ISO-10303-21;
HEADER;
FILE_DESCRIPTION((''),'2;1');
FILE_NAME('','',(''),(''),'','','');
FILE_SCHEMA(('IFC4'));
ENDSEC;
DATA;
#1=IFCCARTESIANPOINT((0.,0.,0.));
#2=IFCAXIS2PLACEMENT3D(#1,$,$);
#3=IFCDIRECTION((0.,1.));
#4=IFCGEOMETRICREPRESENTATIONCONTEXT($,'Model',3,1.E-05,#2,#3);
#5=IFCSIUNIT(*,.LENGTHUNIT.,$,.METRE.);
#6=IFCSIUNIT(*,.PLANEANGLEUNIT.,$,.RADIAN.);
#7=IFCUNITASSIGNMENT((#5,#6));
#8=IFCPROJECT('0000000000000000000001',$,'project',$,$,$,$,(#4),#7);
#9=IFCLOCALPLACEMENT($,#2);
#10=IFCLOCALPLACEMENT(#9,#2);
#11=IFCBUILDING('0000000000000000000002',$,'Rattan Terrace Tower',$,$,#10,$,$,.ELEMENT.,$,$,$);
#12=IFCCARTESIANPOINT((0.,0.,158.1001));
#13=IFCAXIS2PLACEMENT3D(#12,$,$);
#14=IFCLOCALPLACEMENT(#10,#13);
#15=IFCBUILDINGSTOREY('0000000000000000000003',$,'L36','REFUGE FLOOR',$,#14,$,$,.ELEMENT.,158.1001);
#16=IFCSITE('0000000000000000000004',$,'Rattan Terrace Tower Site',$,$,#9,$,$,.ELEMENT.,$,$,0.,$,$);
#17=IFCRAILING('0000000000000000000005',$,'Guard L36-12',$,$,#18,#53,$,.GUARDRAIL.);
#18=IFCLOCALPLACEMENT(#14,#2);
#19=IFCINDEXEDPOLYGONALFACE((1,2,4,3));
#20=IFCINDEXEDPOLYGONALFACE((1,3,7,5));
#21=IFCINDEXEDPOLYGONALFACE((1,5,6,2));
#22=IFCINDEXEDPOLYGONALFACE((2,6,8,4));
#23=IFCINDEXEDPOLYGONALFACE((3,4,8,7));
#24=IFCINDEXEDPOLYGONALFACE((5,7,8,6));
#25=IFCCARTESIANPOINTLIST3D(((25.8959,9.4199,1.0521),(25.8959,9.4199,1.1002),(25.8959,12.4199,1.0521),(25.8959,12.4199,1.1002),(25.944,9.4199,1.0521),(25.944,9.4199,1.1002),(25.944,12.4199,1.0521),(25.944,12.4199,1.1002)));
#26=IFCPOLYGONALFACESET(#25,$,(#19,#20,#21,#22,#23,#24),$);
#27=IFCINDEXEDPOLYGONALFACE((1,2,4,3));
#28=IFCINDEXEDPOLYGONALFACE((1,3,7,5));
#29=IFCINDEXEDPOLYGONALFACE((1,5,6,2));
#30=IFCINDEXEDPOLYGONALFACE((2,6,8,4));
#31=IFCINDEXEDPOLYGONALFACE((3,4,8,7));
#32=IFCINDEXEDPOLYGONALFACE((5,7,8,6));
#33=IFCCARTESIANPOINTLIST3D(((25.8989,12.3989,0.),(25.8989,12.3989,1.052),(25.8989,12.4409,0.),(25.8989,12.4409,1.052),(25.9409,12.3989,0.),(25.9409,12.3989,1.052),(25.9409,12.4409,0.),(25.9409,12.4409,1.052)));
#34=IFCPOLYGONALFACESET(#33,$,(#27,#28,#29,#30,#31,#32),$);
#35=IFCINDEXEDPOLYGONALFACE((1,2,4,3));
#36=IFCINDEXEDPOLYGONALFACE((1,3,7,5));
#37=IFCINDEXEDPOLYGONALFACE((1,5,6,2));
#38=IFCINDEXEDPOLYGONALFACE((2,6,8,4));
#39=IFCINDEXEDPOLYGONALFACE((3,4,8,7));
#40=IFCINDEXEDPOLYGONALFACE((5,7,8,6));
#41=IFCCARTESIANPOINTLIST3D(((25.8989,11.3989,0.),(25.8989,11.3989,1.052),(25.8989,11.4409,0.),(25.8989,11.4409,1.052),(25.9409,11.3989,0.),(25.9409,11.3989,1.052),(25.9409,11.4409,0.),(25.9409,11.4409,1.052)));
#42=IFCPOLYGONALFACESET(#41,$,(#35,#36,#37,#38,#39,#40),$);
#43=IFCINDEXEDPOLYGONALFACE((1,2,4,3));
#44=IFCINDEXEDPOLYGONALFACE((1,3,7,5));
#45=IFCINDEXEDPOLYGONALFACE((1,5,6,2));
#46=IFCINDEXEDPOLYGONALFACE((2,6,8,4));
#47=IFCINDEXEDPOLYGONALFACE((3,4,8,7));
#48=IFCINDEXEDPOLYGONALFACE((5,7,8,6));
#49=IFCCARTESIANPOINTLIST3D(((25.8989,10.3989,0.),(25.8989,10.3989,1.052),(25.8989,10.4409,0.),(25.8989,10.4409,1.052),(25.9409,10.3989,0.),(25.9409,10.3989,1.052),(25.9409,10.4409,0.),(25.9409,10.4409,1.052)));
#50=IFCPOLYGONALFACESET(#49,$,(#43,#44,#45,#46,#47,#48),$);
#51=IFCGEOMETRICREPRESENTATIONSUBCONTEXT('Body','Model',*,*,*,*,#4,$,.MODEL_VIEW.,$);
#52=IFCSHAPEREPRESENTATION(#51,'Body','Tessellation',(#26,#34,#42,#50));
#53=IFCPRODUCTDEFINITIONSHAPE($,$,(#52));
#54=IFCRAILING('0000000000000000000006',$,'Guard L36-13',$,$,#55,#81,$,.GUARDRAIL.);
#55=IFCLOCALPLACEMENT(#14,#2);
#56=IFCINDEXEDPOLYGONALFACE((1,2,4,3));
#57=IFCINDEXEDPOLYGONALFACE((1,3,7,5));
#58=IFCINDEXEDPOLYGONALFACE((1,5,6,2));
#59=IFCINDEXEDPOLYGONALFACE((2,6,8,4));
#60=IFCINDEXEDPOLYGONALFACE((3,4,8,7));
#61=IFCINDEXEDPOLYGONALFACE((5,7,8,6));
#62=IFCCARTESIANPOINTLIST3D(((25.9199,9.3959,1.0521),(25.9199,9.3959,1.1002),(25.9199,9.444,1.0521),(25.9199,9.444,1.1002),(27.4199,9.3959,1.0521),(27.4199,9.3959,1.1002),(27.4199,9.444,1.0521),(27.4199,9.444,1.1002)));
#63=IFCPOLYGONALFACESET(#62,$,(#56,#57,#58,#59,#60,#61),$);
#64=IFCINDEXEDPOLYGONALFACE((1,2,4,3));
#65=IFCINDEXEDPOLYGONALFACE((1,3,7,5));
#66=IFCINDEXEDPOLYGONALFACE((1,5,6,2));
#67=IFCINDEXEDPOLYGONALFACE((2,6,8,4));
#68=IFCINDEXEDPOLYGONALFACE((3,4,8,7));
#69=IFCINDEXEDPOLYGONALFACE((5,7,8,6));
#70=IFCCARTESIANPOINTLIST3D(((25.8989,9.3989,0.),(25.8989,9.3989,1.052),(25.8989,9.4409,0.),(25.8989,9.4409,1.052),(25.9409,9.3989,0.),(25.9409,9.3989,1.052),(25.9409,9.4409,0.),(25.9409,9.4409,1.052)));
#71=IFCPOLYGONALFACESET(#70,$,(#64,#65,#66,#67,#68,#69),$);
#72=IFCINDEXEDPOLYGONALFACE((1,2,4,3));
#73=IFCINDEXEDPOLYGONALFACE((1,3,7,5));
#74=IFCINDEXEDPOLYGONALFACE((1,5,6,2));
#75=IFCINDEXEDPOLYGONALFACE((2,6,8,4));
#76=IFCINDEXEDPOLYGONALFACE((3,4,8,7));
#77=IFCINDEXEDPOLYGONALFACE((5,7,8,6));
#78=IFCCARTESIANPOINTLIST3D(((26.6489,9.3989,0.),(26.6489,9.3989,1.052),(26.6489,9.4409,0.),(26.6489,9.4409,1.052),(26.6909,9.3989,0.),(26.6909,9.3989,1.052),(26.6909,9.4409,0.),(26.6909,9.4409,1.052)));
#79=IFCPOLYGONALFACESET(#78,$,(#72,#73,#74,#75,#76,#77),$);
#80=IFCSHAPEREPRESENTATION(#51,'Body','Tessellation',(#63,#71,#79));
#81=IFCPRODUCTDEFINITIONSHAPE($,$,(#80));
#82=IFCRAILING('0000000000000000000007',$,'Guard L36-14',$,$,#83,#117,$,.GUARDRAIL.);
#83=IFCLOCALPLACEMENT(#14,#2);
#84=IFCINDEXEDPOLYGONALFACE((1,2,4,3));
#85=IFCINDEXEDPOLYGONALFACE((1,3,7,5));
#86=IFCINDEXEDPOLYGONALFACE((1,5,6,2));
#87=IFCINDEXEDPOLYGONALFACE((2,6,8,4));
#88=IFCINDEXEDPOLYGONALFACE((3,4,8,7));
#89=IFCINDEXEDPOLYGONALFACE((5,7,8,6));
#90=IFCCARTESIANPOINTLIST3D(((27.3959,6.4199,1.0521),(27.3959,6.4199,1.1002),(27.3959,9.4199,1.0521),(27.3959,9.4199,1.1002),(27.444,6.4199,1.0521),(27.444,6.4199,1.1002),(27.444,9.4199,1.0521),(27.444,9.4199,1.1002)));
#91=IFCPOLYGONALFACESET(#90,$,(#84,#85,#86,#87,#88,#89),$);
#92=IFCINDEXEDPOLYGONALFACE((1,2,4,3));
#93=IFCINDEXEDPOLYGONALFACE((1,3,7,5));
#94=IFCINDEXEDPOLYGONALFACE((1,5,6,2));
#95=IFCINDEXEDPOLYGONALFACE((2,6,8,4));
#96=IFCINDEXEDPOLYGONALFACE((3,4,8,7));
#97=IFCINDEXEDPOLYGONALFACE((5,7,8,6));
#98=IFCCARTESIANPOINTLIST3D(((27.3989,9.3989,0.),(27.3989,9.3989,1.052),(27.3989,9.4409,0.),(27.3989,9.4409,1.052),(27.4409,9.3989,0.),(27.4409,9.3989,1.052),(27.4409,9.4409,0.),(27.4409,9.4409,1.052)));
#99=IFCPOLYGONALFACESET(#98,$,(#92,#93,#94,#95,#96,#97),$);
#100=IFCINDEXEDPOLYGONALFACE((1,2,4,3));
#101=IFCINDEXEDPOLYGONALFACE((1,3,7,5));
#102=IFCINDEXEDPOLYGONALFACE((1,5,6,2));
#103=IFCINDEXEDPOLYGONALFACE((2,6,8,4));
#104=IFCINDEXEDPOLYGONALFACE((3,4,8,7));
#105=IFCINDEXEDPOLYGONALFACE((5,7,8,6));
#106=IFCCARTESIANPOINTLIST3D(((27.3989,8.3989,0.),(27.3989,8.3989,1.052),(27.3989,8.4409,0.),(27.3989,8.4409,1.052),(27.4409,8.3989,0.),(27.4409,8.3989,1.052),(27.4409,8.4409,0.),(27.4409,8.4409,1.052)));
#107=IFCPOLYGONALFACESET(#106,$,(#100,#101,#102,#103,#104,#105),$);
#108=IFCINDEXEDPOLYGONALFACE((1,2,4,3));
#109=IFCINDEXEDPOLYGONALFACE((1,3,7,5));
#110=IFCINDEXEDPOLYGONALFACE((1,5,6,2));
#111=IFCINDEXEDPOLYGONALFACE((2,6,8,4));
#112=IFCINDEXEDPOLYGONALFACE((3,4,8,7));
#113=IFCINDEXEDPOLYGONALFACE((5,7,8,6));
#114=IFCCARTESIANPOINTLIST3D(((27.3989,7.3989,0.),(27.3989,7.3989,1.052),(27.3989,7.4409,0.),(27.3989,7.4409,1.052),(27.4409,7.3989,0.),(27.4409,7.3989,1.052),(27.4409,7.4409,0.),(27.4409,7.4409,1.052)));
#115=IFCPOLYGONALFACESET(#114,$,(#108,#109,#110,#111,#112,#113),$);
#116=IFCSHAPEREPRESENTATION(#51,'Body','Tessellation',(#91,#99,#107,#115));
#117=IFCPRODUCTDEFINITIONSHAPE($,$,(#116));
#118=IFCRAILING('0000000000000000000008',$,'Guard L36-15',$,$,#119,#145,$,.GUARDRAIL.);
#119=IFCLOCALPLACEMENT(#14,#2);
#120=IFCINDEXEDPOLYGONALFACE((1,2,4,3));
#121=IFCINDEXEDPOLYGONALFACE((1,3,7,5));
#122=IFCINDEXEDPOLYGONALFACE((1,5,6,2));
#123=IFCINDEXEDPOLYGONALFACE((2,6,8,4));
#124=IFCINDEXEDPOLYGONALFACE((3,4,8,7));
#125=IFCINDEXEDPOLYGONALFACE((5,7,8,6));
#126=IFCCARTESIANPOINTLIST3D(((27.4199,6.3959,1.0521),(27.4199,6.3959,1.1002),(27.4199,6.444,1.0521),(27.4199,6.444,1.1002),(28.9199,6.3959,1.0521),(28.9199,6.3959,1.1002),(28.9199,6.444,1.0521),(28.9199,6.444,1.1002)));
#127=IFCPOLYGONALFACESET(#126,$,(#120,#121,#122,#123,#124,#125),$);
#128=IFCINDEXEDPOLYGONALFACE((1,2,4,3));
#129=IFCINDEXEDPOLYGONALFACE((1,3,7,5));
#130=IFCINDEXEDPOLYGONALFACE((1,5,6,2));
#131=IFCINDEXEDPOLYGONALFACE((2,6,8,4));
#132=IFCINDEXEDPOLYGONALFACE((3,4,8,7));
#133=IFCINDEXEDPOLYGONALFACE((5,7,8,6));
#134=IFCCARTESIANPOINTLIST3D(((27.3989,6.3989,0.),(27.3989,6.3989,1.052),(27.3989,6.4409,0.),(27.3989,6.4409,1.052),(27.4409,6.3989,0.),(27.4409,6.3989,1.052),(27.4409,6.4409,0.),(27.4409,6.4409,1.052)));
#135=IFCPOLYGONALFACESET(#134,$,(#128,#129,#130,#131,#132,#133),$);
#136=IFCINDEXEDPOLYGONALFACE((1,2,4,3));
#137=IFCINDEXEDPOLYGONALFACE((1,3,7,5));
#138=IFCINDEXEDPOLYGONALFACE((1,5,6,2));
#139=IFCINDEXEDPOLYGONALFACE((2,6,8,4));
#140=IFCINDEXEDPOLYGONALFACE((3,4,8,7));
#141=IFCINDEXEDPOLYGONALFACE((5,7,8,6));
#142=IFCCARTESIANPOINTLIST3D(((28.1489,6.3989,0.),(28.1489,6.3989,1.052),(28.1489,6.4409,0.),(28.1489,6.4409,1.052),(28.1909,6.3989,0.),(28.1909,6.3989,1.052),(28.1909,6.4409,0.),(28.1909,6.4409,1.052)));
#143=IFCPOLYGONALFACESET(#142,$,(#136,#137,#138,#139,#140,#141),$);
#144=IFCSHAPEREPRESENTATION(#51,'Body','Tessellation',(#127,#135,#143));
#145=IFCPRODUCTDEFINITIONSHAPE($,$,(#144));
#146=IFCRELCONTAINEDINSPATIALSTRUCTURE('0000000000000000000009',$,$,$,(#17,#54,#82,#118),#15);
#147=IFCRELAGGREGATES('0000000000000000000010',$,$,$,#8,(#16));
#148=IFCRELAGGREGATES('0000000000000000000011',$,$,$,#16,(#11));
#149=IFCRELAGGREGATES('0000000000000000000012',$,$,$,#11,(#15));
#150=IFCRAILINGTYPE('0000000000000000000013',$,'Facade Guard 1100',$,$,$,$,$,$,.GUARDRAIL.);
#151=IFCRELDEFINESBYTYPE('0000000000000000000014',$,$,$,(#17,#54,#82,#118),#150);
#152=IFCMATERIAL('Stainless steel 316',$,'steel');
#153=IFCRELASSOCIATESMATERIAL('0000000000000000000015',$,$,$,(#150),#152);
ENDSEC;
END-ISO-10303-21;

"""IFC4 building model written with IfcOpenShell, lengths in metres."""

from ifc_helpers import new_model, si_unit, direction, frame, origin, origin_2d, place, context, subcontext, project, spatial, rectangle, extrude, material, type_object, element, save


model = new_model("IFC4")

# Units and contexts
model_context = context("Model", 3, precision=1e-05, world=origin(), true_north=direction((0.0, 1.0)))
body_context = subcontext(model_context, "Body", "Model", "MODEL_VIEW")
ifc_project = project(units=[si_unit("LENGTHUNIT", "METRE"), si_unit("PLANEANGLEUNIT", "RADIAN")], contexts=[model_context])

# Site, building, storey
site_placement = place(None, origin())
site = spatial("IfcSite", under=ifc_project, at=site_placement, Name="Rattan Terrace Tower Site", CompositionType="ELEMENT", RefElevation=0.0)
building_placement = place(site_placement, origin())
building = spatial("IfcBuilding", under=site, at=building_placement, Name="Rattan Terrace Tower", CompositionType="ELEMENT")
storey_placement = place(building_placement, frame((0.0, 0.0, 158.1001)))
storey = spatial("IfcBuildingStorey", under=building, at=storey_placement, Name="L36", Description="REFUGE FLOOR", CompositionType="ELEMENT", Elevation=158.1001)

# Railings
ifc_material_1 = material(Name="Stainless steel 316", Category="steel")
railing_type_1 = type_object("IfcRailingType", Name="Facade Guard 1100", PredefinedType="GUARDRAIL", material=ifc_material_1)
railing_1_placement = place(storey_placement, frame((25.9199, 12.4199, 0.0)))
element("IfcRailing", 1, at=railing_1_placement, inside=storey, type_object=railing_type_1, Name="Guard L36-12", PredefinedType="GUARDRAIL", context=body_context, shape_type="SweptSolid", body=[
    extrude(rectangle(XDim=0.0481, YDim=0.0481, at=origin_2d()), frame((0.0, 0.0, 1.0762), z_axis=(0.0, -1.0, 0.0), x_axis=(1.0, 0.0, 0.0)), (0.0, 0.0, 1.0), 3.0),
    extrude(rectangle(XDim=0.042, YDim=0.042, at=origin_2d()), origin(), (0.0, 0.0, 1.0), 1.052),
    extrude(rectangle(XDim=0.042, YDim=0.042, at=origin_2d()), frame((0.0, -1.0, 0.0)), (0.0, 0.0, 1.0), 1.052),
    extrude(rectangle(XDim=0.042, YDim=0.042, at=origin_2d()), frame((0.0, -2.0, 0.0)), (0.0, 0.0, 1.0), 1.052),
])
railing_2_placement = place(storey_placement, frame((25.9199, 9.4199, 0.0)))
element("IfcRailing", 2, at=railing_2_placement, inside=storey, type_object=railing_type_1, Name="Guard L36-13", PredefinedType="GUARDRAIL", context=body_context, shape_type="SweptSolid", body=[
    extrude(rectangle(XDim=0.0481, YDim=0.0481, at=origin_2d()), frame((0.0, 0.0, 1.0762), z_axis=(1.0, 0.0, 0.0), x_axis=(0.0, 1.0, 0.0)), (0.0, 0.0, 1.0), 1.5),
    extrude(rectangle(XDim=0.042, YDim=0.042, at=origin_2d()), origin(), (0.0, 0.0, 1.0), 1.052),
    extrude(rectangle(XDim=0.042, YDim=0.042, at=origin_2d()), frame((0.75, 0.0, 0.0)), (0.0, 0.0, 1.0), 1.052),
])
railing_3_placement = place(storey_placement, frame((27.4199, 9.4199, 0.0)))
element("IfcRailing", 3, at=railing_3_placement, inside=storey, type_object=railing_type_1, Name="Guard L36-14", PredefinedType="GUARDRAIL", context=body_context, shape_type="SweptSolid", body=[
    extrude(rectangle(XDim=0.0481, YDim=0.0481, at=origin_2d()), frame((0.0, 0.0, 1.0762), z_axis=(0.0, -1.0, 0.0), x_axis=(1.0, 0.0, 0.0)), (0.0, 0.0, 1.0), 3.0),
    extrude(rectangle(XDim=0.042, YDim=0.042, at=origin_2d()), origin(), (0.0, 0.0, 1.0), 1.052),
    extrude(rectangle(XDim=0.042, YDim=0.042, at=origin_2d()), frame((0.0, -1.0, 0.0)), (0.0, 0.0, 1.0), 1.052),
    extrude(rectangle(XDim=0.042, YDim=0.042, at=origin_2d()), frame((0.0, -2.0, 0.0)), (0.0, 0.0, 1.0), 1.052),
])
railing_4_placement = place(storey_placement, frame((27.4199, 6.4199, 0.0)))
element("IfcRailing", 4, at=railing_4_placement, inside=storey, type_object=railing_type_1, Name="Guard L36-15", PredefinedType="GUARDRAIL", context=body_context, shape_type="SweptSolid", body=[
    extrude(rectangle(XDim=0.0481, YDim=0.0481, at=origin_2d()), frame((0.0, 0.0, 1.0762), z_axis=(1.0, 0.0, 0.0), x_axis=(0.0, 1.0, 0.0)), (0.0, 0.0, 1.0), 1.5),
    extrude(rectangle(XDim=0.042, YDim=0.042, at=origin_2d()), origin(), (0.0, 0.0, 1.0), 1.052),
    extrude(rectangle(XDim=0.042, YDim=0.042, at=origin_2d()), frame((0.75, 0.0, 0.0)), (0.0, 0.0, 1.0), 1.052),
])

save(model, "model.ifc")
